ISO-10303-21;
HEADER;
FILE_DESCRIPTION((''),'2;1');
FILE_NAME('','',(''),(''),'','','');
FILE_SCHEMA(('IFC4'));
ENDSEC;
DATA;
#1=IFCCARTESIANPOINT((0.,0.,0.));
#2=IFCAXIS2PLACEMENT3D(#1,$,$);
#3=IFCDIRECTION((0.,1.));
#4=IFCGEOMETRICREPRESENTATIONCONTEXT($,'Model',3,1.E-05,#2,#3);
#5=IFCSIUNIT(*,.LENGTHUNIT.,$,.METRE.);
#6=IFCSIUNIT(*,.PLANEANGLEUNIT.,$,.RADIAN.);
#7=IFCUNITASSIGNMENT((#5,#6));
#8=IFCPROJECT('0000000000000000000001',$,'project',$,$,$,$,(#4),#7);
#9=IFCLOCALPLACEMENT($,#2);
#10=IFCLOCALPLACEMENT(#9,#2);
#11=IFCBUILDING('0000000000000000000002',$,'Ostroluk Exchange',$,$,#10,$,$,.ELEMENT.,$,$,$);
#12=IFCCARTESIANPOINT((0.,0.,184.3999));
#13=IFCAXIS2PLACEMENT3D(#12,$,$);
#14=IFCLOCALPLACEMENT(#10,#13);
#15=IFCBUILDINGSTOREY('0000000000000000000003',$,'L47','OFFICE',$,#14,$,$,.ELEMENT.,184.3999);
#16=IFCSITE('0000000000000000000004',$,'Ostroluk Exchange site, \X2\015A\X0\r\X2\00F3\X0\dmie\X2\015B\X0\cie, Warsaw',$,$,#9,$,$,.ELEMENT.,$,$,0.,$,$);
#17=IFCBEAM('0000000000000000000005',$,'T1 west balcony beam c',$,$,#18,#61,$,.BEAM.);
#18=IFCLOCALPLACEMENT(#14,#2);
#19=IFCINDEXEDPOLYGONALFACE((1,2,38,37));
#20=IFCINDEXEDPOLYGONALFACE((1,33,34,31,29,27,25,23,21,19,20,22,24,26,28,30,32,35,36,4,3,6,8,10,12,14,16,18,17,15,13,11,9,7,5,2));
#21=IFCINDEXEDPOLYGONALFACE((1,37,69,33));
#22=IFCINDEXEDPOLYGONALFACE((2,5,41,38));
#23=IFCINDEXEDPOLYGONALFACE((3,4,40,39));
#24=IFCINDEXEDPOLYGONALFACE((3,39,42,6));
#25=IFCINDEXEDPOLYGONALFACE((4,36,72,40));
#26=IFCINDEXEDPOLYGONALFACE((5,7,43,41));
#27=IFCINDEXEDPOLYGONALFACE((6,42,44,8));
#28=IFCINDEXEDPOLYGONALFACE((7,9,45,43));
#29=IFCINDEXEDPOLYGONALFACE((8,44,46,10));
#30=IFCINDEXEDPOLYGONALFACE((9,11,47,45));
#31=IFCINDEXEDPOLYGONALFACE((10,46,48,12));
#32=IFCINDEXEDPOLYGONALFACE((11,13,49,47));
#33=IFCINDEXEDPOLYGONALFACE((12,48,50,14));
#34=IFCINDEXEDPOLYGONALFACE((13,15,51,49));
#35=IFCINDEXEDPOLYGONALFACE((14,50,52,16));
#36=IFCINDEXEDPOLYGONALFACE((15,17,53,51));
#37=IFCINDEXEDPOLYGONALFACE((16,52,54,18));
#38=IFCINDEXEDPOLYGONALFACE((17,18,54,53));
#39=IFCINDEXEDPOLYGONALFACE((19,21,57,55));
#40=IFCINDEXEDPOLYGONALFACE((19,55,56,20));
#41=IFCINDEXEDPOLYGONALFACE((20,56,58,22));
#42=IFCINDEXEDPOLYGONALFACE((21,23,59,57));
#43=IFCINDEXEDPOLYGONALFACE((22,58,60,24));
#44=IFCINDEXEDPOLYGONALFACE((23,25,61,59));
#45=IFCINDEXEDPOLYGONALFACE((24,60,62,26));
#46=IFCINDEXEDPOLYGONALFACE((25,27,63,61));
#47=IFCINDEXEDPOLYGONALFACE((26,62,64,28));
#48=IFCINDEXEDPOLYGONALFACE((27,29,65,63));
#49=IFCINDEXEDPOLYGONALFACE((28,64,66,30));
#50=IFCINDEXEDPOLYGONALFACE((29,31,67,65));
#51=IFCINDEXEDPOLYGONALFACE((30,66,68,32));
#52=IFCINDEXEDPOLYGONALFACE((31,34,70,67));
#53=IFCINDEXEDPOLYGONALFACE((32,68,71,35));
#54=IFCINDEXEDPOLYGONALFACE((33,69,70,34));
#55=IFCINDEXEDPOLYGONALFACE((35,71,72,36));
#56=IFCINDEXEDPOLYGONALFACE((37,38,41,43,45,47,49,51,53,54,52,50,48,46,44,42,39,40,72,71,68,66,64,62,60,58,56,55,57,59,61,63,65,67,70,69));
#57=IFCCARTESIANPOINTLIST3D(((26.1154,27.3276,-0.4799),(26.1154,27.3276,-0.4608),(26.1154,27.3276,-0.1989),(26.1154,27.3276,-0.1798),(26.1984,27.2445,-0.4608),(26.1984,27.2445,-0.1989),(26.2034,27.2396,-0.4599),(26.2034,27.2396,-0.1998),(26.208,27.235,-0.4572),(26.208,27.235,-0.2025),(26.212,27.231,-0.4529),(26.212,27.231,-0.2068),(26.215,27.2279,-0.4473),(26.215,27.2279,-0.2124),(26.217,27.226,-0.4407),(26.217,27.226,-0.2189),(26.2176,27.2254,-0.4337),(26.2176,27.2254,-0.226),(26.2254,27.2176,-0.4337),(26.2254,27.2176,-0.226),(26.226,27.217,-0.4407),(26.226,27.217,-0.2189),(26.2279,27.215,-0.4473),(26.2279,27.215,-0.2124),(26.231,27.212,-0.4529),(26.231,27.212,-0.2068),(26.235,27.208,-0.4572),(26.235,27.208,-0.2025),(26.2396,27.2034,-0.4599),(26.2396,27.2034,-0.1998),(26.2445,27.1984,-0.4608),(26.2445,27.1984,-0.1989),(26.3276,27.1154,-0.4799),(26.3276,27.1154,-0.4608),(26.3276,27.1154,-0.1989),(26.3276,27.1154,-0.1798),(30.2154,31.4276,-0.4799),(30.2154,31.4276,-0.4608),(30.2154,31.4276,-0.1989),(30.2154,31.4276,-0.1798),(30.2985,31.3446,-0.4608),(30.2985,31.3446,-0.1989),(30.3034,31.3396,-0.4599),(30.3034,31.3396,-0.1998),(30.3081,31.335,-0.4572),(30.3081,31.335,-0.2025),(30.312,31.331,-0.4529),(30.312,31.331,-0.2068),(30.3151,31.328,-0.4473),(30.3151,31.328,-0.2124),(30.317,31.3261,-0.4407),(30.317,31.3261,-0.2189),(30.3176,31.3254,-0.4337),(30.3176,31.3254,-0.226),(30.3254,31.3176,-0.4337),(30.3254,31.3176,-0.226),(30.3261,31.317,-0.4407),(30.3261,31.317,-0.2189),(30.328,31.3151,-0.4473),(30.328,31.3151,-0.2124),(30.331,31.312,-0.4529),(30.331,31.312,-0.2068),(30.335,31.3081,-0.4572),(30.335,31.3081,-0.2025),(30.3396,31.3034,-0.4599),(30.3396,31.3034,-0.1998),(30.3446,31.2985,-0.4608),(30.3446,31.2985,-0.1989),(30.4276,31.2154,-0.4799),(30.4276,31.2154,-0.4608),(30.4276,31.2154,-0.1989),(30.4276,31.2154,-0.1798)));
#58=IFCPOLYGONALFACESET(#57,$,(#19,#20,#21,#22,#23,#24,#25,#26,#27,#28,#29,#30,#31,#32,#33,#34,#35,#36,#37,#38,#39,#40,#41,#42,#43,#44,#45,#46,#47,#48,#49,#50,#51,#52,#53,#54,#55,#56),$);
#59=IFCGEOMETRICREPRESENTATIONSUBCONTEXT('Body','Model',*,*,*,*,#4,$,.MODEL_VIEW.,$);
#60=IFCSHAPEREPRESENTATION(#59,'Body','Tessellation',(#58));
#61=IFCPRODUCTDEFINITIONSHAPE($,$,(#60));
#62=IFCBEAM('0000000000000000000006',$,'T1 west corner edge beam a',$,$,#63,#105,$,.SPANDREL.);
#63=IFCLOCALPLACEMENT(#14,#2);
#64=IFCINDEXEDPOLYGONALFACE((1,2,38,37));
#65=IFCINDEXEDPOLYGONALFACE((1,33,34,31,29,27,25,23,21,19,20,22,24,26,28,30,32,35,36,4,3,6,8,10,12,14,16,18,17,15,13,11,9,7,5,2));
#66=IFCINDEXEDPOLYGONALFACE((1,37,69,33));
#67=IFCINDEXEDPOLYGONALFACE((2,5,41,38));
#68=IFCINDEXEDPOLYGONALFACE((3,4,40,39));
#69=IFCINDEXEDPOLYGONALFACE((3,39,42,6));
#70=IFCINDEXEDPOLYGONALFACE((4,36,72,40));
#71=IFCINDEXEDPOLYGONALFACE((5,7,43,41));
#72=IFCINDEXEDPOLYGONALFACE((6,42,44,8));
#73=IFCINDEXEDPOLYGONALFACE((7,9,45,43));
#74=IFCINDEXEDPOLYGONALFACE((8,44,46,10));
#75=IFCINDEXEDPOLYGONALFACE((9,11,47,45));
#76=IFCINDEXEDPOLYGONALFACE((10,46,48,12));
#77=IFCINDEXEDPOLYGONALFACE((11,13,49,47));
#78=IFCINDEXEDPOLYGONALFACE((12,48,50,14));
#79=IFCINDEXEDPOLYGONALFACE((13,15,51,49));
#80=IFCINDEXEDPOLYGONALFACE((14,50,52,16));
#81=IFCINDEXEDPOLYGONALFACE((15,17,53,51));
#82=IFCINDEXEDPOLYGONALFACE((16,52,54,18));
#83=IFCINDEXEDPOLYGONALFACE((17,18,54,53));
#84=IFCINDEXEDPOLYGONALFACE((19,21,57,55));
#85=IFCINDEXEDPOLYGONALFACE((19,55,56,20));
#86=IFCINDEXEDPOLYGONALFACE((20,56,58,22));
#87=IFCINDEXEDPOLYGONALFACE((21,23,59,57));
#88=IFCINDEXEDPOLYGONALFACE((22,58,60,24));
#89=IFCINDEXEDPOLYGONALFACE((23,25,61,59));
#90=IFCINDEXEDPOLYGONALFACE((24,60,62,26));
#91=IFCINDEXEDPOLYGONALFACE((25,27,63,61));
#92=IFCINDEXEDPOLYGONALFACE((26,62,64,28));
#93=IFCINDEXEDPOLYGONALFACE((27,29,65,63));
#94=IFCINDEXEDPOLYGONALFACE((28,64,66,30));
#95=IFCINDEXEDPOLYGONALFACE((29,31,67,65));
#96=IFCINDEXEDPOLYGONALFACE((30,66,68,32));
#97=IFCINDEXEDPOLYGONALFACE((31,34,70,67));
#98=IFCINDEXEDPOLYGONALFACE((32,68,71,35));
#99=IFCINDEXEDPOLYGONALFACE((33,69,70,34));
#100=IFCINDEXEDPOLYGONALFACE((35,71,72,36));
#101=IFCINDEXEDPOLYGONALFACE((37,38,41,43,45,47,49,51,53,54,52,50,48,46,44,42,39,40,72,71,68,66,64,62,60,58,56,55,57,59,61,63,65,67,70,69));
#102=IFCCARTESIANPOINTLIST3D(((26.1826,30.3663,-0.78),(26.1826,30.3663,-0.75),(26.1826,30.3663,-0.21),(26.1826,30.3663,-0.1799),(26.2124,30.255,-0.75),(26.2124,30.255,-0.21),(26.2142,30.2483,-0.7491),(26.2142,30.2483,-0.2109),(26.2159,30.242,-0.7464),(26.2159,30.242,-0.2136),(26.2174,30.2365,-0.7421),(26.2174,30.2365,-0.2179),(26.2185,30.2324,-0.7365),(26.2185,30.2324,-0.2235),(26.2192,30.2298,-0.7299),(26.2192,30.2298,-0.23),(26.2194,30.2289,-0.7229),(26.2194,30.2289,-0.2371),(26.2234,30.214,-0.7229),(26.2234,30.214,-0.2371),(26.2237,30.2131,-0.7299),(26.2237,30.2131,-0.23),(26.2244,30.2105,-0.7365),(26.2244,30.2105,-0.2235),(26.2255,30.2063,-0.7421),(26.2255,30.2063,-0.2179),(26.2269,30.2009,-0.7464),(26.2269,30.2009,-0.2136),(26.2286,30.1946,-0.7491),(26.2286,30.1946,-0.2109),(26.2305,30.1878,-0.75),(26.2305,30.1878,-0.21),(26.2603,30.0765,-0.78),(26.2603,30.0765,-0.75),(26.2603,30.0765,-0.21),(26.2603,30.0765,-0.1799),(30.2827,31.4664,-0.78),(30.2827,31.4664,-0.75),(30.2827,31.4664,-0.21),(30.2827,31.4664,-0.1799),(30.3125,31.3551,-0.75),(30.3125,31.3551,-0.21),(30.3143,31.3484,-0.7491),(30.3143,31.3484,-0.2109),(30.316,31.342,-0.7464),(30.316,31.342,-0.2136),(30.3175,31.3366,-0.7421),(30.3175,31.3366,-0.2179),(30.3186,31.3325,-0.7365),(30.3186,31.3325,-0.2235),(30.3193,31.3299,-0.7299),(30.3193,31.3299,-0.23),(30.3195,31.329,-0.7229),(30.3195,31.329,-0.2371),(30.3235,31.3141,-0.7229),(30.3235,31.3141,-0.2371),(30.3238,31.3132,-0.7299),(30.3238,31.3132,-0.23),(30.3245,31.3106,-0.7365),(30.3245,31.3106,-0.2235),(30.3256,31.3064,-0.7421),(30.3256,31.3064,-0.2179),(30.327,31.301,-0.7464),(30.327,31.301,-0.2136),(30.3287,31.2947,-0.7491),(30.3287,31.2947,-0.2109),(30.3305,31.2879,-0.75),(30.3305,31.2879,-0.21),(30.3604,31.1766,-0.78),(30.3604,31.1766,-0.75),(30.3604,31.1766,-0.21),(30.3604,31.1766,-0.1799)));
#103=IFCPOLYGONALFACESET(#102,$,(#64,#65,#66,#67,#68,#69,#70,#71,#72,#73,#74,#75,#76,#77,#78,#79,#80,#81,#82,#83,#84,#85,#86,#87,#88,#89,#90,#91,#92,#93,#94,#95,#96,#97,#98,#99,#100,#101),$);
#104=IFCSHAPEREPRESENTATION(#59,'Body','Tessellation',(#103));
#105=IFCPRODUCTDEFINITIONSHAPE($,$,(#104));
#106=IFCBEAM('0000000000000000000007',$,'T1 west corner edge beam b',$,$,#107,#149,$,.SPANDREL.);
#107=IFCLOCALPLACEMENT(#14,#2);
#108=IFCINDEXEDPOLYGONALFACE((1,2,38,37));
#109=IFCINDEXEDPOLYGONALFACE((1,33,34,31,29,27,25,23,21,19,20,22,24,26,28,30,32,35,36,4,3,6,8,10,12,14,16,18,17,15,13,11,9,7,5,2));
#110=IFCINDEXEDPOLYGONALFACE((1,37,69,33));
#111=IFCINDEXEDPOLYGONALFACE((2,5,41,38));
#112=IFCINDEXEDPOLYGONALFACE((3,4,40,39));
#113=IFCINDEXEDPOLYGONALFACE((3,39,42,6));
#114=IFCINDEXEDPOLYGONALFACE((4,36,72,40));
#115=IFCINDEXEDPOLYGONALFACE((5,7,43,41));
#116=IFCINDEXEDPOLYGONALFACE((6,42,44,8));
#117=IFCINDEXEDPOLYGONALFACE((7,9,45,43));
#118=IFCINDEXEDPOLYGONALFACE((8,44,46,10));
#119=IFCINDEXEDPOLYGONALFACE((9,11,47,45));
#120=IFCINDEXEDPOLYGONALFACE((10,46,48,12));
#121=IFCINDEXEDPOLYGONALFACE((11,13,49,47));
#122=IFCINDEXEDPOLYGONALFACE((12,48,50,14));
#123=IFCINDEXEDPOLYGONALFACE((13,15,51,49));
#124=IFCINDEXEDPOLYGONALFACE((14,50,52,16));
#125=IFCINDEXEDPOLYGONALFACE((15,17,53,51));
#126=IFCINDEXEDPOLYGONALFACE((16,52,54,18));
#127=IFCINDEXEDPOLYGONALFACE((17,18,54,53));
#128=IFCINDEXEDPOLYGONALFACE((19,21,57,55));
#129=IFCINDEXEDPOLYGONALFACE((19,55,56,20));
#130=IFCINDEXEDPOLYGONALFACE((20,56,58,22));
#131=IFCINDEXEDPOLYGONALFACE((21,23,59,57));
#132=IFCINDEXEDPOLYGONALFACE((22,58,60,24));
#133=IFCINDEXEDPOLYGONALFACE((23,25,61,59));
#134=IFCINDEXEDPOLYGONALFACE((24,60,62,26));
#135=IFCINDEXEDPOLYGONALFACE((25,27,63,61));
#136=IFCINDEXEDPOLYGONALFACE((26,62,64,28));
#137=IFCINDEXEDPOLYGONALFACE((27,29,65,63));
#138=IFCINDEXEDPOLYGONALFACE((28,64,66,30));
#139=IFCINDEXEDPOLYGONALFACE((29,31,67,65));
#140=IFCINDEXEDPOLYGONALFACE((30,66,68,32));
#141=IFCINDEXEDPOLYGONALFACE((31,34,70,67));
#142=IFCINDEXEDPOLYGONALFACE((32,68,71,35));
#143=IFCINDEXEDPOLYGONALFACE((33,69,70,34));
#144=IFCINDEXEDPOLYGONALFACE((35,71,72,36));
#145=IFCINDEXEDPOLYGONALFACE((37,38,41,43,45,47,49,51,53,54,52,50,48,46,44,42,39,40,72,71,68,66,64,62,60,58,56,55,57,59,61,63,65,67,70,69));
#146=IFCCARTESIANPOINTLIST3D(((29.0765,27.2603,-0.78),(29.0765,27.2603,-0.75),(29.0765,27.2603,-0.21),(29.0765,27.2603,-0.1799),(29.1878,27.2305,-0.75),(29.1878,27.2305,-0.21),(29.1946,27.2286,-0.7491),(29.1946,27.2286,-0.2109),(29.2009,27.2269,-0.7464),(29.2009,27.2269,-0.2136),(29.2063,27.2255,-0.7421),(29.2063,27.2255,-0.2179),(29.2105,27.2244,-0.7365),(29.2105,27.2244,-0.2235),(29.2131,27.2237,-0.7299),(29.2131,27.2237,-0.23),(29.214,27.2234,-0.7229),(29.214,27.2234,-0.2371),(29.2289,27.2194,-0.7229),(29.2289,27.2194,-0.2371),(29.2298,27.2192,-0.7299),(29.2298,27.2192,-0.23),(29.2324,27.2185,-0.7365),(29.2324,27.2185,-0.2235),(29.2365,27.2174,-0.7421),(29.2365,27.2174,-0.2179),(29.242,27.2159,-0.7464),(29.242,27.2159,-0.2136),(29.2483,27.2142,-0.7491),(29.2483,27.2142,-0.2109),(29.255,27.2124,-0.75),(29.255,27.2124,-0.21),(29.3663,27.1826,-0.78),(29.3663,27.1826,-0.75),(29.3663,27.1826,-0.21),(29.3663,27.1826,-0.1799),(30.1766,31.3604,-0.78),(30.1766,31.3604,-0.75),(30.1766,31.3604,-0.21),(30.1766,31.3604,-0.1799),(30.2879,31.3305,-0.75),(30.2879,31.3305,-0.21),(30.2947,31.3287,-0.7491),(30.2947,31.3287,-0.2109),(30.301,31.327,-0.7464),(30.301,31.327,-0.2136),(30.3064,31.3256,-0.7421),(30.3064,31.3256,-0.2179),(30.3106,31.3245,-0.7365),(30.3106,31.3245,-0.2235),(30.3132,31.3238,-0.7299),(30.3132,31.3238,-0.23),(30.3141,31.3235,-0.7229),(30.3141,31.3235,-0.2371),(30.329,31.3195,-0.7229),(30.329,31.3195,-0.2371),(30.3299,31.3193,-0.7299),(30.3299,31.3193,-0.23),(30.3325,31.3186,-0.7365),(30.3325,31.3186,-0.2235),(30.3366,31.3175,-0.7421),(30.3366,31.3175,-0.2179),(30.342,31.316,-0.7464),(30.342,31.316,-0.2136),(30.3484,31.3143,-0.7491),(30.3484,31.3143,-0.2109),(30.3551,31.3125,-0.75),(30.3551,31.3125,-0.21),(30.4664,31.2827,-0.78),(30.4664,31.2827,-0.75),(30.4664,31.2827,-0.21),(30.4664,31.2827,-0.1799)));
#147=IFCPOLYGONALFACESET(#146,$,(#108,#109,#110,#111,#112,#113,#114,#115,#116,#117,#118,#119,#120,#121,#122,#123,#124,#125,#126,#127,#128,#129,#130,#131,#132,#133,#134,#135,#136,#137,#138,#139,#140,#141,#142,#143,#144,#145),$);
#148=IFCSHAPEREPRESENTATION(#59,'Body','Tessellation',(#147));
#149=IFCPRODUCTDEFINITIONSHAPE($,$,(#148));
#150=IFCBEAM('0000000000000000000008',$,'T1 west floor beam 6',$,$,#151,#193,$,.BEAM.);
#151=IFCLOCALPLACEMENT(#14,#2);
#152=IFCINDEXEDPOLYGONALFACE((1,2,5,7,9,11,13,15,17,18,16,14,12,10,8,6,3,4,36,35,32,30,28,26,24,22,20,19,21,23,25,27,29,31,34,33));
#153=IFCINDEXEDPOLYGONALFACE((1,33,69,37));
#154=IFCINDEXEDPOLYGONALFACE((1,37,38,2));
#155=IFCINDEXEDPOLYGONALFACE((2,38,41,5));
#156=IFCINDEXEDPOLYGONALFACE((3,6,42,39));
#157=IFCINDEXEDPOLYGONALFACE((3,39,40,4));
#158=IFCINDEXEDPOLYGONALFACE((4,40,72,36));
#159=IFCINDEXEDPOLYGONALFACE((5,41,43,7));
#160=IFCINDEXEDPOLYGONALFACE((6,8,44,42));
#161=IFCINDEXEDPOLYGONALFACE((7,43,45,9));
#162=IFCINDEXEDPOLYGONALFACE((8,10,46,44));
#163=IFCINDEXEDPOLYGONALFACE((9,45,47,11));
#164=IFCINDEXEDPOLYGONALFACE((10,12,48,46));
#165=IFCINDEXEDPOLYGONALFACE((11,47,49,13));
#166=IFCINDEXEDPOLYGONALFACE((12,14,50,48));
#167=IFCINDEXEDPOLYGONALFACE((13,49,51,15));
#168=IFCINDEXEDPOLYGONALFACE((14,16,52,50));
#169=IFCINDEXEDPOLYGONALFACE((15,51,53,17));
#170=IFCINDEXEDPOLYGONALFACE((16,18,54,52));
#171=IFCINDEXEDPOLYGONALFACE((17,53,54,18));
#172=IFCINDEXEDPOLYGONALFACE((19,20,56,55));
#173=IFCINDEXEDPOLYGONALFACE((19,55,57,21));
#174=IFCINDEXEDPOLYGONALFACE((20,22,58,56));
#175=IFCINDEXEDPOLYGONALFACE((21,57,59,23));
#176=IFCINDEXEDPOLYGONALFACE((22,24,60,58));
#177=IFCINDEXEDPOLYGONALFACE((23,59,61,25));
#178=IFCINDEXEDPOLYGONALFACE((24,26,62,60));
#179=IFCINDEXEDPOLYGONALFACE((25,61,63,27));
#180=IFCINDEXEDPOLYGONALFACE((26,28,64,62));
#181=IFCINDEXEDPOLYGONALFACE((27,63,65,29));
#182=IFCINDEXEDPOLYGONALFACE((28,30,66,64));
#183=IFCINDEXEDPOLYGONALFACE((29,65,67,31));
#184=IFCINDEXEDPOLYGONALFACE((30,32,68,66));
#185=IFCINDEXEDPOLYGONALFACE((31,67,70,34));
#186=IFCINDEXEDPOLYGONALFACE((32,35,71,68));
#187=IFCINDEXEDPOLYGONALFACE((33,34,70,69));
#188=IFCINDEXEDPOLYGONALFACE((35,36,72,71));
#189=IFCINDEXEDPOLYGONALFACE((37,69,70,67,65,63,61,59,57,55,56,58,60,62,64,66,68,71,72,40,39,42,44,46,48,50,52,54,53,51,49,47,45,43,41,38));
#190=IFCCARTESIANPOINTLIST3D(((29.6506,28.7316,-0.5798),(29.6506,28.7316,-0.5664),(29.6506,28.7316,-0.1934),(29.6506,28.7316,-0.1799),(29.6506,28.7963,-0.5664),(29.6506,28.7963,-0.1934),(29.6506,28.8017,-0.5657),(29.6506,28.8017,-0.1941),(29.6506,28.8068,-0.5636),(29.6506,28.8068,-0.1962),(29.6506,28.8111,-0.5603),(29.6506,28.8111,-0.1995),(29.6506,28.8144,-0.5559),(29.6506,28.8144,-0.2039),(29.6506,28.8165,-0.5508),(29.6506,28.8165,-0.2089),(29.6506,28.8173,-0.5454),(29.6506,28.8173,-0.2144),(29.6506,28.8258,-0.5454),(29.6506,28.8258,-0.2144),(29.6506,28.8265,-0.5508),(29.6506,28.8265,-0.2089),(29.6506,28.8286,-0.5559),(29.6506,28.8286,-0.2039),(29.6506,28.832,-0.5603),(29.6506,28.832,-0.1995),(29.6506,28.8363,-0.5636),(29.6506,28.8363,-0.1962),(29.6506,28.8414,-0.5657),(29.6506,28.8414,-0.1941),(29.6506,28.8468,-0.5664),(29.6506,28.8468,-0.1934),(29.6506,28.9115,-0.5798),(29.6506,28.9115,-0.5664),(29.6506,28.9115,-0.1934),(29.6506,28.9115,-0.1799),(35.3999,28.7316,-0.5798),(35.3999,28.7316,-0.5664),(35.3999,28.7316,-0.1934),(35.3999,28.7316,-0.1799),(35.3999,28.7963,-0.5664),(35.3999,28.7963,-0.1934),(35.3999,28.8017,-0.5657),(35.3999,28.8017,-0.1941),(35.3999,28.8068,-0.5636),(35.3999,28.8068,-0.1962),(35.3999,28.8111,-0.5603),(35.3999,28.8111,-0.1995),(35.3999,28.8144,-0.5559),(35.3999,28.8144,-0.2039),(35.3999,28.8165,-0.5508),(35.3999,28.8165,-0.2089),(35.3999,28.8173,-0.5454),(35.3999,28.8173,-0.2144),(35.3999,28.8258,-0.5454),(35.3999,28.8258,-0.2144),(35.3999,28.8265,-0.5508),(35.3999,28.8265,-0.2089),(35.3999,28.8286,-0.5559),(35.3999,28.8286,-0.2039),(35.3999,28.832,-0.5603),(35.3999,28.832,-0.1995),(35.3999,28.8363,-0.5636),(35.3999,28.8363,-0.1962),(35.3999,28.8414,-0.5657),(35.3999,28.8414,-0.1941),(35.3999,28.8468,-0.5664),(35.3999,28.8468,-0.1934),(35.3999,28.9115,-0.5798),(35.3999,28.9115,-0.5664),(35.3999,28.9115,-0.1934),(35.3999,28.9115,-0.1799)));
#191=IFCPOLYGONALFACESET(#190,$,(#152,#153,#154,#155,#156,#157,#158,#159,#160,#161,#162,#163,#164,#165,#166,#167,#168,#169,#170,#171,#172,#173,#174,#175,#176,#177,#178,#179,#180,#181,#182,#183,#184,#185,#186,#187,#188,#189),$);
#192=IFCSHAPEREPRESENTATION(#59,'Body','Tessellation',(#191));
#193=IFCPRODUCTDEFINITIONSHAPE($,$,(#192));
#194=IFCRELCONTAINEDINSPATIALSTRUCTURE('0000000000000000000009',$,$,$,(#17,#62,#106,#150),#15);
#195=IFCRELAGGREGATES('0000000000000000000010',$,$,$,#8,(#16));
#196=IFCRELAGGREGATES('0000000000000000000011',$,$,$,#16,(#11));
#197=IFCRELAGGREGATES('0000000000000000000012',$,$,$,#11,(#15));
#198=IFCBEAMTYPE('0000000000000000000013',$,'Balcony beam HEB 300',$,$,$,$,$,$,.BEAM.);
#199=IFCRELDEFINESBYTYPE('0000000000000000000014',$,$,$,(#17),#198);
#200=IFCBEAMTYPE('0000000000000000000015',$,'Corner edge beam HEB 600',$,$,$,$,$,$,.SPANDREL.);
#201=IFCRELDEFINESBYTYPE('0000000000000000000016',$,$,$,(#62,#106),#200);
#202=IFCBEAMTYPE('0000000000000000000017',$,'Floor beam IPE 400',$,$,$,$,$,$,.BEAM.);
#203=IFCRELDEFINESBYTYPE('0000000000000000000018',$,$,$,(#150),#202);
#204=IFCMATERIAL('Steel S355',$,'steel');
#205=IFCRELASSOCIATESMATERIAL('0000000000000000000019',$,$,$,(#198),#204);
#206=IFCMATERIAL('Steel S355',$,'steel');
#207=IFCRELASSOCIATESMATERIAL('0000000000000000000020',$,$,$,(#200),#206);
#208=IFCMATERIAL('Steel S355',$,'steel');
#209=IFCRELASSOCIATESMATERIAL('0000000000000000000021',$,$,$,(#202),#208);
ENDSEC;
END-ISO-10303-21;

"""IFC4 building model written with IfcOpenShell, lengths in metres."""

from ifc_helpers import new_model, si_unit, direction, frame, origin, origin_2d, place, context, subcontext, project, spatial, i_section, extrude, material, material_profile, profile_set, type_object, element, save


model = new_model("IFC4")

# Units and contexts
model_context = context("Model", 3, precision=1e-05, world=origin(), true_north=direction((0.0, 1.0)))
body_context = subcontext(model_context, "Body", "Model", "MODEL_VIEW")
ifc_project = project(units=[si_unit("LENGTHUNIT", "METRE"), si_unit("PLANEANGLEUNIT", "RADIAN")], contexts=[model_context])

# Site, building, storey
site_placement = place(None, origin())
site = spatial("IfcSite", under=ifc_project, at=site_placement, Name="Ostroluk Exchange site, Śródmieście, Warsaw", CompositionType="ELEMENT", RefElevation=0.0)
building_placement = place(site_placement, origin())
building = spatial("IfcBuilding", under=site, at=building_placement, Name="Ostroluk Exchange", CompositionType="ELEMENT")
storey_placement = place(building_placement, frame((0.0, 0.0, 184.3999)))
storey = spatial("IfcBuildingStorey", under=building, at=storey_placement, Name="L47", Description="OFFICE", CompositionType="ELEMENT", Elevation=184.3999)

# Beams
ifc_material_1 = material(Name="Steel S355", Category="steel")
ifc_material_profile_1 = material_profile(ifc_material_1, i_section(OverallWidth=0.3, OverallDepth=0.3, WebThickness=0.011, FlangeThickness=0.019, FilletRadius=0.0271, at=origin_2d()), Name="HEB 300")
ifc_profile_set_1 = profile_set([ifc_material_profile_1], Name="Steel S355")
beam_type_1 = type_object("IfcBeamType", Name="Balcony beam HEB 300", PredefinedType="BEAM", material=ifc_profile_set_1)
beam_1_placement = place(storey_placement, frame((30.3215, 31.3215, -0.3298), z_axis=(-0.707107, -0.707107, 0.0), x_axis=(0.707107, -0.707107, 0.0)))
element("IfcBeam", 1, at=beam_1_placement, inside=storey, type_object=beam_type_1, Name="T1 west balcony beam c", PredefinedType="BEAM", context=body_context, shape_type="SweptSolid", body=[
    extrude(i_section(OverallWidth=0.3, OverallDepth=0.3, WebThickness=0.011, FlangeThickness=0.019, FilletRadius=0.0271, at=origin_2d()), origin(), (0.0, 0.0, 1.0), 5.7983),
])
ifc_material_2 = material(Name="Steel S355", Category="steel")
ifc_material_profile_2 = material_profile(ifc_material_2, i_section(OverallWidth=0.3, OverallDepth=0.6001, WebThickness=0.0154, FlangeThickness=0.03, FilletRadius=0.0271, at=origin_2d()), Name="HEB 600")
ifc_profile_set_2 = profile_set([ifc_material_profile_2], Name="Steel S355")
beam_type_2 = type_object("IfcBeamType", Name="Corner edge beam HEB 600", PredefinedType="SPANDREL", material=ifc_profile_set_2)
for number, where, z_axis, x_axis, name in (
    (2, (30.3215, 31.3215, -0.48), (-0.965839, -0.259144, 0.0), (0.259144, -0.965839, 0.0), "T1 west corner edge beam a"),
    (3, (30.3215, 31.3215, -0.48), (-0.259144, -0.965839, 0.0), (0.965839, -0.259144, 0.0), "T1 west corner edge beam b"),
):
    element("IfcBeam", number, at=place(storey_placement, frame(where, z_axis=z_axis, x_axis=x_axis)), inside=storey, type_object=beam_type_2, Name=name, PredefinedType="SPANDREL", context=body_context, shape_type="SweptSolid", body=[
        extrude(i_section(OverallWidth=0.3, OverallDepth=0.6001, WebThickness=0.0154, FlangeThickness=0.03, FilletRadius=0.0271, at=origin_2d()), origin(), (0.0, 0.0, 1.0), 4.2451),
    ])
ifc_material_3 = material(Name="Steel S355", Category="steel")
ifc_material_profile_3 = material_profile(ifc_material_3, i_section(OverallWidth=0.1799, OverallDepth=0.3999, WebThickness=0.0085, FlangeThickness=0.0134, FilletRadius=0.021, at=origin_2d()), Name="IPE 400")
ifc_profile_set_3 = profile_set([ifc_material_profile_3], Name="Steel S355")
beam_type_3 = type_object("IfcBeamType", Name="Floor beam IPE 400", PredefinedType="BEAM", material=ifc_profile_set_3)
beam_2_placement = place(storey_placement, frame((35.3999, 28.8215, -0.3799), z_axis=(-1.0, 0.0, 0.0), x_axis=(0.0, -1.0, 0.0)))
element("IfcBeam", 4, at=beam_2_placement, inside=storey, type_object=beam_type_3, Name="T1 west floor beam 6", PredefinedType="BEAM", context=body_context, shape_type="SweptSolid", body=[
    extrude(i_section(OverallWidth=0.1799, OverallDepth=0.3999, WebThickness=0.0085, FlangeThickness=0.0134, FilletRadius=0.021, at=origin_2d()), origin(), (0.0, 0.0, 1.0), 5.7493),
])

save(model, "model.ifc")
